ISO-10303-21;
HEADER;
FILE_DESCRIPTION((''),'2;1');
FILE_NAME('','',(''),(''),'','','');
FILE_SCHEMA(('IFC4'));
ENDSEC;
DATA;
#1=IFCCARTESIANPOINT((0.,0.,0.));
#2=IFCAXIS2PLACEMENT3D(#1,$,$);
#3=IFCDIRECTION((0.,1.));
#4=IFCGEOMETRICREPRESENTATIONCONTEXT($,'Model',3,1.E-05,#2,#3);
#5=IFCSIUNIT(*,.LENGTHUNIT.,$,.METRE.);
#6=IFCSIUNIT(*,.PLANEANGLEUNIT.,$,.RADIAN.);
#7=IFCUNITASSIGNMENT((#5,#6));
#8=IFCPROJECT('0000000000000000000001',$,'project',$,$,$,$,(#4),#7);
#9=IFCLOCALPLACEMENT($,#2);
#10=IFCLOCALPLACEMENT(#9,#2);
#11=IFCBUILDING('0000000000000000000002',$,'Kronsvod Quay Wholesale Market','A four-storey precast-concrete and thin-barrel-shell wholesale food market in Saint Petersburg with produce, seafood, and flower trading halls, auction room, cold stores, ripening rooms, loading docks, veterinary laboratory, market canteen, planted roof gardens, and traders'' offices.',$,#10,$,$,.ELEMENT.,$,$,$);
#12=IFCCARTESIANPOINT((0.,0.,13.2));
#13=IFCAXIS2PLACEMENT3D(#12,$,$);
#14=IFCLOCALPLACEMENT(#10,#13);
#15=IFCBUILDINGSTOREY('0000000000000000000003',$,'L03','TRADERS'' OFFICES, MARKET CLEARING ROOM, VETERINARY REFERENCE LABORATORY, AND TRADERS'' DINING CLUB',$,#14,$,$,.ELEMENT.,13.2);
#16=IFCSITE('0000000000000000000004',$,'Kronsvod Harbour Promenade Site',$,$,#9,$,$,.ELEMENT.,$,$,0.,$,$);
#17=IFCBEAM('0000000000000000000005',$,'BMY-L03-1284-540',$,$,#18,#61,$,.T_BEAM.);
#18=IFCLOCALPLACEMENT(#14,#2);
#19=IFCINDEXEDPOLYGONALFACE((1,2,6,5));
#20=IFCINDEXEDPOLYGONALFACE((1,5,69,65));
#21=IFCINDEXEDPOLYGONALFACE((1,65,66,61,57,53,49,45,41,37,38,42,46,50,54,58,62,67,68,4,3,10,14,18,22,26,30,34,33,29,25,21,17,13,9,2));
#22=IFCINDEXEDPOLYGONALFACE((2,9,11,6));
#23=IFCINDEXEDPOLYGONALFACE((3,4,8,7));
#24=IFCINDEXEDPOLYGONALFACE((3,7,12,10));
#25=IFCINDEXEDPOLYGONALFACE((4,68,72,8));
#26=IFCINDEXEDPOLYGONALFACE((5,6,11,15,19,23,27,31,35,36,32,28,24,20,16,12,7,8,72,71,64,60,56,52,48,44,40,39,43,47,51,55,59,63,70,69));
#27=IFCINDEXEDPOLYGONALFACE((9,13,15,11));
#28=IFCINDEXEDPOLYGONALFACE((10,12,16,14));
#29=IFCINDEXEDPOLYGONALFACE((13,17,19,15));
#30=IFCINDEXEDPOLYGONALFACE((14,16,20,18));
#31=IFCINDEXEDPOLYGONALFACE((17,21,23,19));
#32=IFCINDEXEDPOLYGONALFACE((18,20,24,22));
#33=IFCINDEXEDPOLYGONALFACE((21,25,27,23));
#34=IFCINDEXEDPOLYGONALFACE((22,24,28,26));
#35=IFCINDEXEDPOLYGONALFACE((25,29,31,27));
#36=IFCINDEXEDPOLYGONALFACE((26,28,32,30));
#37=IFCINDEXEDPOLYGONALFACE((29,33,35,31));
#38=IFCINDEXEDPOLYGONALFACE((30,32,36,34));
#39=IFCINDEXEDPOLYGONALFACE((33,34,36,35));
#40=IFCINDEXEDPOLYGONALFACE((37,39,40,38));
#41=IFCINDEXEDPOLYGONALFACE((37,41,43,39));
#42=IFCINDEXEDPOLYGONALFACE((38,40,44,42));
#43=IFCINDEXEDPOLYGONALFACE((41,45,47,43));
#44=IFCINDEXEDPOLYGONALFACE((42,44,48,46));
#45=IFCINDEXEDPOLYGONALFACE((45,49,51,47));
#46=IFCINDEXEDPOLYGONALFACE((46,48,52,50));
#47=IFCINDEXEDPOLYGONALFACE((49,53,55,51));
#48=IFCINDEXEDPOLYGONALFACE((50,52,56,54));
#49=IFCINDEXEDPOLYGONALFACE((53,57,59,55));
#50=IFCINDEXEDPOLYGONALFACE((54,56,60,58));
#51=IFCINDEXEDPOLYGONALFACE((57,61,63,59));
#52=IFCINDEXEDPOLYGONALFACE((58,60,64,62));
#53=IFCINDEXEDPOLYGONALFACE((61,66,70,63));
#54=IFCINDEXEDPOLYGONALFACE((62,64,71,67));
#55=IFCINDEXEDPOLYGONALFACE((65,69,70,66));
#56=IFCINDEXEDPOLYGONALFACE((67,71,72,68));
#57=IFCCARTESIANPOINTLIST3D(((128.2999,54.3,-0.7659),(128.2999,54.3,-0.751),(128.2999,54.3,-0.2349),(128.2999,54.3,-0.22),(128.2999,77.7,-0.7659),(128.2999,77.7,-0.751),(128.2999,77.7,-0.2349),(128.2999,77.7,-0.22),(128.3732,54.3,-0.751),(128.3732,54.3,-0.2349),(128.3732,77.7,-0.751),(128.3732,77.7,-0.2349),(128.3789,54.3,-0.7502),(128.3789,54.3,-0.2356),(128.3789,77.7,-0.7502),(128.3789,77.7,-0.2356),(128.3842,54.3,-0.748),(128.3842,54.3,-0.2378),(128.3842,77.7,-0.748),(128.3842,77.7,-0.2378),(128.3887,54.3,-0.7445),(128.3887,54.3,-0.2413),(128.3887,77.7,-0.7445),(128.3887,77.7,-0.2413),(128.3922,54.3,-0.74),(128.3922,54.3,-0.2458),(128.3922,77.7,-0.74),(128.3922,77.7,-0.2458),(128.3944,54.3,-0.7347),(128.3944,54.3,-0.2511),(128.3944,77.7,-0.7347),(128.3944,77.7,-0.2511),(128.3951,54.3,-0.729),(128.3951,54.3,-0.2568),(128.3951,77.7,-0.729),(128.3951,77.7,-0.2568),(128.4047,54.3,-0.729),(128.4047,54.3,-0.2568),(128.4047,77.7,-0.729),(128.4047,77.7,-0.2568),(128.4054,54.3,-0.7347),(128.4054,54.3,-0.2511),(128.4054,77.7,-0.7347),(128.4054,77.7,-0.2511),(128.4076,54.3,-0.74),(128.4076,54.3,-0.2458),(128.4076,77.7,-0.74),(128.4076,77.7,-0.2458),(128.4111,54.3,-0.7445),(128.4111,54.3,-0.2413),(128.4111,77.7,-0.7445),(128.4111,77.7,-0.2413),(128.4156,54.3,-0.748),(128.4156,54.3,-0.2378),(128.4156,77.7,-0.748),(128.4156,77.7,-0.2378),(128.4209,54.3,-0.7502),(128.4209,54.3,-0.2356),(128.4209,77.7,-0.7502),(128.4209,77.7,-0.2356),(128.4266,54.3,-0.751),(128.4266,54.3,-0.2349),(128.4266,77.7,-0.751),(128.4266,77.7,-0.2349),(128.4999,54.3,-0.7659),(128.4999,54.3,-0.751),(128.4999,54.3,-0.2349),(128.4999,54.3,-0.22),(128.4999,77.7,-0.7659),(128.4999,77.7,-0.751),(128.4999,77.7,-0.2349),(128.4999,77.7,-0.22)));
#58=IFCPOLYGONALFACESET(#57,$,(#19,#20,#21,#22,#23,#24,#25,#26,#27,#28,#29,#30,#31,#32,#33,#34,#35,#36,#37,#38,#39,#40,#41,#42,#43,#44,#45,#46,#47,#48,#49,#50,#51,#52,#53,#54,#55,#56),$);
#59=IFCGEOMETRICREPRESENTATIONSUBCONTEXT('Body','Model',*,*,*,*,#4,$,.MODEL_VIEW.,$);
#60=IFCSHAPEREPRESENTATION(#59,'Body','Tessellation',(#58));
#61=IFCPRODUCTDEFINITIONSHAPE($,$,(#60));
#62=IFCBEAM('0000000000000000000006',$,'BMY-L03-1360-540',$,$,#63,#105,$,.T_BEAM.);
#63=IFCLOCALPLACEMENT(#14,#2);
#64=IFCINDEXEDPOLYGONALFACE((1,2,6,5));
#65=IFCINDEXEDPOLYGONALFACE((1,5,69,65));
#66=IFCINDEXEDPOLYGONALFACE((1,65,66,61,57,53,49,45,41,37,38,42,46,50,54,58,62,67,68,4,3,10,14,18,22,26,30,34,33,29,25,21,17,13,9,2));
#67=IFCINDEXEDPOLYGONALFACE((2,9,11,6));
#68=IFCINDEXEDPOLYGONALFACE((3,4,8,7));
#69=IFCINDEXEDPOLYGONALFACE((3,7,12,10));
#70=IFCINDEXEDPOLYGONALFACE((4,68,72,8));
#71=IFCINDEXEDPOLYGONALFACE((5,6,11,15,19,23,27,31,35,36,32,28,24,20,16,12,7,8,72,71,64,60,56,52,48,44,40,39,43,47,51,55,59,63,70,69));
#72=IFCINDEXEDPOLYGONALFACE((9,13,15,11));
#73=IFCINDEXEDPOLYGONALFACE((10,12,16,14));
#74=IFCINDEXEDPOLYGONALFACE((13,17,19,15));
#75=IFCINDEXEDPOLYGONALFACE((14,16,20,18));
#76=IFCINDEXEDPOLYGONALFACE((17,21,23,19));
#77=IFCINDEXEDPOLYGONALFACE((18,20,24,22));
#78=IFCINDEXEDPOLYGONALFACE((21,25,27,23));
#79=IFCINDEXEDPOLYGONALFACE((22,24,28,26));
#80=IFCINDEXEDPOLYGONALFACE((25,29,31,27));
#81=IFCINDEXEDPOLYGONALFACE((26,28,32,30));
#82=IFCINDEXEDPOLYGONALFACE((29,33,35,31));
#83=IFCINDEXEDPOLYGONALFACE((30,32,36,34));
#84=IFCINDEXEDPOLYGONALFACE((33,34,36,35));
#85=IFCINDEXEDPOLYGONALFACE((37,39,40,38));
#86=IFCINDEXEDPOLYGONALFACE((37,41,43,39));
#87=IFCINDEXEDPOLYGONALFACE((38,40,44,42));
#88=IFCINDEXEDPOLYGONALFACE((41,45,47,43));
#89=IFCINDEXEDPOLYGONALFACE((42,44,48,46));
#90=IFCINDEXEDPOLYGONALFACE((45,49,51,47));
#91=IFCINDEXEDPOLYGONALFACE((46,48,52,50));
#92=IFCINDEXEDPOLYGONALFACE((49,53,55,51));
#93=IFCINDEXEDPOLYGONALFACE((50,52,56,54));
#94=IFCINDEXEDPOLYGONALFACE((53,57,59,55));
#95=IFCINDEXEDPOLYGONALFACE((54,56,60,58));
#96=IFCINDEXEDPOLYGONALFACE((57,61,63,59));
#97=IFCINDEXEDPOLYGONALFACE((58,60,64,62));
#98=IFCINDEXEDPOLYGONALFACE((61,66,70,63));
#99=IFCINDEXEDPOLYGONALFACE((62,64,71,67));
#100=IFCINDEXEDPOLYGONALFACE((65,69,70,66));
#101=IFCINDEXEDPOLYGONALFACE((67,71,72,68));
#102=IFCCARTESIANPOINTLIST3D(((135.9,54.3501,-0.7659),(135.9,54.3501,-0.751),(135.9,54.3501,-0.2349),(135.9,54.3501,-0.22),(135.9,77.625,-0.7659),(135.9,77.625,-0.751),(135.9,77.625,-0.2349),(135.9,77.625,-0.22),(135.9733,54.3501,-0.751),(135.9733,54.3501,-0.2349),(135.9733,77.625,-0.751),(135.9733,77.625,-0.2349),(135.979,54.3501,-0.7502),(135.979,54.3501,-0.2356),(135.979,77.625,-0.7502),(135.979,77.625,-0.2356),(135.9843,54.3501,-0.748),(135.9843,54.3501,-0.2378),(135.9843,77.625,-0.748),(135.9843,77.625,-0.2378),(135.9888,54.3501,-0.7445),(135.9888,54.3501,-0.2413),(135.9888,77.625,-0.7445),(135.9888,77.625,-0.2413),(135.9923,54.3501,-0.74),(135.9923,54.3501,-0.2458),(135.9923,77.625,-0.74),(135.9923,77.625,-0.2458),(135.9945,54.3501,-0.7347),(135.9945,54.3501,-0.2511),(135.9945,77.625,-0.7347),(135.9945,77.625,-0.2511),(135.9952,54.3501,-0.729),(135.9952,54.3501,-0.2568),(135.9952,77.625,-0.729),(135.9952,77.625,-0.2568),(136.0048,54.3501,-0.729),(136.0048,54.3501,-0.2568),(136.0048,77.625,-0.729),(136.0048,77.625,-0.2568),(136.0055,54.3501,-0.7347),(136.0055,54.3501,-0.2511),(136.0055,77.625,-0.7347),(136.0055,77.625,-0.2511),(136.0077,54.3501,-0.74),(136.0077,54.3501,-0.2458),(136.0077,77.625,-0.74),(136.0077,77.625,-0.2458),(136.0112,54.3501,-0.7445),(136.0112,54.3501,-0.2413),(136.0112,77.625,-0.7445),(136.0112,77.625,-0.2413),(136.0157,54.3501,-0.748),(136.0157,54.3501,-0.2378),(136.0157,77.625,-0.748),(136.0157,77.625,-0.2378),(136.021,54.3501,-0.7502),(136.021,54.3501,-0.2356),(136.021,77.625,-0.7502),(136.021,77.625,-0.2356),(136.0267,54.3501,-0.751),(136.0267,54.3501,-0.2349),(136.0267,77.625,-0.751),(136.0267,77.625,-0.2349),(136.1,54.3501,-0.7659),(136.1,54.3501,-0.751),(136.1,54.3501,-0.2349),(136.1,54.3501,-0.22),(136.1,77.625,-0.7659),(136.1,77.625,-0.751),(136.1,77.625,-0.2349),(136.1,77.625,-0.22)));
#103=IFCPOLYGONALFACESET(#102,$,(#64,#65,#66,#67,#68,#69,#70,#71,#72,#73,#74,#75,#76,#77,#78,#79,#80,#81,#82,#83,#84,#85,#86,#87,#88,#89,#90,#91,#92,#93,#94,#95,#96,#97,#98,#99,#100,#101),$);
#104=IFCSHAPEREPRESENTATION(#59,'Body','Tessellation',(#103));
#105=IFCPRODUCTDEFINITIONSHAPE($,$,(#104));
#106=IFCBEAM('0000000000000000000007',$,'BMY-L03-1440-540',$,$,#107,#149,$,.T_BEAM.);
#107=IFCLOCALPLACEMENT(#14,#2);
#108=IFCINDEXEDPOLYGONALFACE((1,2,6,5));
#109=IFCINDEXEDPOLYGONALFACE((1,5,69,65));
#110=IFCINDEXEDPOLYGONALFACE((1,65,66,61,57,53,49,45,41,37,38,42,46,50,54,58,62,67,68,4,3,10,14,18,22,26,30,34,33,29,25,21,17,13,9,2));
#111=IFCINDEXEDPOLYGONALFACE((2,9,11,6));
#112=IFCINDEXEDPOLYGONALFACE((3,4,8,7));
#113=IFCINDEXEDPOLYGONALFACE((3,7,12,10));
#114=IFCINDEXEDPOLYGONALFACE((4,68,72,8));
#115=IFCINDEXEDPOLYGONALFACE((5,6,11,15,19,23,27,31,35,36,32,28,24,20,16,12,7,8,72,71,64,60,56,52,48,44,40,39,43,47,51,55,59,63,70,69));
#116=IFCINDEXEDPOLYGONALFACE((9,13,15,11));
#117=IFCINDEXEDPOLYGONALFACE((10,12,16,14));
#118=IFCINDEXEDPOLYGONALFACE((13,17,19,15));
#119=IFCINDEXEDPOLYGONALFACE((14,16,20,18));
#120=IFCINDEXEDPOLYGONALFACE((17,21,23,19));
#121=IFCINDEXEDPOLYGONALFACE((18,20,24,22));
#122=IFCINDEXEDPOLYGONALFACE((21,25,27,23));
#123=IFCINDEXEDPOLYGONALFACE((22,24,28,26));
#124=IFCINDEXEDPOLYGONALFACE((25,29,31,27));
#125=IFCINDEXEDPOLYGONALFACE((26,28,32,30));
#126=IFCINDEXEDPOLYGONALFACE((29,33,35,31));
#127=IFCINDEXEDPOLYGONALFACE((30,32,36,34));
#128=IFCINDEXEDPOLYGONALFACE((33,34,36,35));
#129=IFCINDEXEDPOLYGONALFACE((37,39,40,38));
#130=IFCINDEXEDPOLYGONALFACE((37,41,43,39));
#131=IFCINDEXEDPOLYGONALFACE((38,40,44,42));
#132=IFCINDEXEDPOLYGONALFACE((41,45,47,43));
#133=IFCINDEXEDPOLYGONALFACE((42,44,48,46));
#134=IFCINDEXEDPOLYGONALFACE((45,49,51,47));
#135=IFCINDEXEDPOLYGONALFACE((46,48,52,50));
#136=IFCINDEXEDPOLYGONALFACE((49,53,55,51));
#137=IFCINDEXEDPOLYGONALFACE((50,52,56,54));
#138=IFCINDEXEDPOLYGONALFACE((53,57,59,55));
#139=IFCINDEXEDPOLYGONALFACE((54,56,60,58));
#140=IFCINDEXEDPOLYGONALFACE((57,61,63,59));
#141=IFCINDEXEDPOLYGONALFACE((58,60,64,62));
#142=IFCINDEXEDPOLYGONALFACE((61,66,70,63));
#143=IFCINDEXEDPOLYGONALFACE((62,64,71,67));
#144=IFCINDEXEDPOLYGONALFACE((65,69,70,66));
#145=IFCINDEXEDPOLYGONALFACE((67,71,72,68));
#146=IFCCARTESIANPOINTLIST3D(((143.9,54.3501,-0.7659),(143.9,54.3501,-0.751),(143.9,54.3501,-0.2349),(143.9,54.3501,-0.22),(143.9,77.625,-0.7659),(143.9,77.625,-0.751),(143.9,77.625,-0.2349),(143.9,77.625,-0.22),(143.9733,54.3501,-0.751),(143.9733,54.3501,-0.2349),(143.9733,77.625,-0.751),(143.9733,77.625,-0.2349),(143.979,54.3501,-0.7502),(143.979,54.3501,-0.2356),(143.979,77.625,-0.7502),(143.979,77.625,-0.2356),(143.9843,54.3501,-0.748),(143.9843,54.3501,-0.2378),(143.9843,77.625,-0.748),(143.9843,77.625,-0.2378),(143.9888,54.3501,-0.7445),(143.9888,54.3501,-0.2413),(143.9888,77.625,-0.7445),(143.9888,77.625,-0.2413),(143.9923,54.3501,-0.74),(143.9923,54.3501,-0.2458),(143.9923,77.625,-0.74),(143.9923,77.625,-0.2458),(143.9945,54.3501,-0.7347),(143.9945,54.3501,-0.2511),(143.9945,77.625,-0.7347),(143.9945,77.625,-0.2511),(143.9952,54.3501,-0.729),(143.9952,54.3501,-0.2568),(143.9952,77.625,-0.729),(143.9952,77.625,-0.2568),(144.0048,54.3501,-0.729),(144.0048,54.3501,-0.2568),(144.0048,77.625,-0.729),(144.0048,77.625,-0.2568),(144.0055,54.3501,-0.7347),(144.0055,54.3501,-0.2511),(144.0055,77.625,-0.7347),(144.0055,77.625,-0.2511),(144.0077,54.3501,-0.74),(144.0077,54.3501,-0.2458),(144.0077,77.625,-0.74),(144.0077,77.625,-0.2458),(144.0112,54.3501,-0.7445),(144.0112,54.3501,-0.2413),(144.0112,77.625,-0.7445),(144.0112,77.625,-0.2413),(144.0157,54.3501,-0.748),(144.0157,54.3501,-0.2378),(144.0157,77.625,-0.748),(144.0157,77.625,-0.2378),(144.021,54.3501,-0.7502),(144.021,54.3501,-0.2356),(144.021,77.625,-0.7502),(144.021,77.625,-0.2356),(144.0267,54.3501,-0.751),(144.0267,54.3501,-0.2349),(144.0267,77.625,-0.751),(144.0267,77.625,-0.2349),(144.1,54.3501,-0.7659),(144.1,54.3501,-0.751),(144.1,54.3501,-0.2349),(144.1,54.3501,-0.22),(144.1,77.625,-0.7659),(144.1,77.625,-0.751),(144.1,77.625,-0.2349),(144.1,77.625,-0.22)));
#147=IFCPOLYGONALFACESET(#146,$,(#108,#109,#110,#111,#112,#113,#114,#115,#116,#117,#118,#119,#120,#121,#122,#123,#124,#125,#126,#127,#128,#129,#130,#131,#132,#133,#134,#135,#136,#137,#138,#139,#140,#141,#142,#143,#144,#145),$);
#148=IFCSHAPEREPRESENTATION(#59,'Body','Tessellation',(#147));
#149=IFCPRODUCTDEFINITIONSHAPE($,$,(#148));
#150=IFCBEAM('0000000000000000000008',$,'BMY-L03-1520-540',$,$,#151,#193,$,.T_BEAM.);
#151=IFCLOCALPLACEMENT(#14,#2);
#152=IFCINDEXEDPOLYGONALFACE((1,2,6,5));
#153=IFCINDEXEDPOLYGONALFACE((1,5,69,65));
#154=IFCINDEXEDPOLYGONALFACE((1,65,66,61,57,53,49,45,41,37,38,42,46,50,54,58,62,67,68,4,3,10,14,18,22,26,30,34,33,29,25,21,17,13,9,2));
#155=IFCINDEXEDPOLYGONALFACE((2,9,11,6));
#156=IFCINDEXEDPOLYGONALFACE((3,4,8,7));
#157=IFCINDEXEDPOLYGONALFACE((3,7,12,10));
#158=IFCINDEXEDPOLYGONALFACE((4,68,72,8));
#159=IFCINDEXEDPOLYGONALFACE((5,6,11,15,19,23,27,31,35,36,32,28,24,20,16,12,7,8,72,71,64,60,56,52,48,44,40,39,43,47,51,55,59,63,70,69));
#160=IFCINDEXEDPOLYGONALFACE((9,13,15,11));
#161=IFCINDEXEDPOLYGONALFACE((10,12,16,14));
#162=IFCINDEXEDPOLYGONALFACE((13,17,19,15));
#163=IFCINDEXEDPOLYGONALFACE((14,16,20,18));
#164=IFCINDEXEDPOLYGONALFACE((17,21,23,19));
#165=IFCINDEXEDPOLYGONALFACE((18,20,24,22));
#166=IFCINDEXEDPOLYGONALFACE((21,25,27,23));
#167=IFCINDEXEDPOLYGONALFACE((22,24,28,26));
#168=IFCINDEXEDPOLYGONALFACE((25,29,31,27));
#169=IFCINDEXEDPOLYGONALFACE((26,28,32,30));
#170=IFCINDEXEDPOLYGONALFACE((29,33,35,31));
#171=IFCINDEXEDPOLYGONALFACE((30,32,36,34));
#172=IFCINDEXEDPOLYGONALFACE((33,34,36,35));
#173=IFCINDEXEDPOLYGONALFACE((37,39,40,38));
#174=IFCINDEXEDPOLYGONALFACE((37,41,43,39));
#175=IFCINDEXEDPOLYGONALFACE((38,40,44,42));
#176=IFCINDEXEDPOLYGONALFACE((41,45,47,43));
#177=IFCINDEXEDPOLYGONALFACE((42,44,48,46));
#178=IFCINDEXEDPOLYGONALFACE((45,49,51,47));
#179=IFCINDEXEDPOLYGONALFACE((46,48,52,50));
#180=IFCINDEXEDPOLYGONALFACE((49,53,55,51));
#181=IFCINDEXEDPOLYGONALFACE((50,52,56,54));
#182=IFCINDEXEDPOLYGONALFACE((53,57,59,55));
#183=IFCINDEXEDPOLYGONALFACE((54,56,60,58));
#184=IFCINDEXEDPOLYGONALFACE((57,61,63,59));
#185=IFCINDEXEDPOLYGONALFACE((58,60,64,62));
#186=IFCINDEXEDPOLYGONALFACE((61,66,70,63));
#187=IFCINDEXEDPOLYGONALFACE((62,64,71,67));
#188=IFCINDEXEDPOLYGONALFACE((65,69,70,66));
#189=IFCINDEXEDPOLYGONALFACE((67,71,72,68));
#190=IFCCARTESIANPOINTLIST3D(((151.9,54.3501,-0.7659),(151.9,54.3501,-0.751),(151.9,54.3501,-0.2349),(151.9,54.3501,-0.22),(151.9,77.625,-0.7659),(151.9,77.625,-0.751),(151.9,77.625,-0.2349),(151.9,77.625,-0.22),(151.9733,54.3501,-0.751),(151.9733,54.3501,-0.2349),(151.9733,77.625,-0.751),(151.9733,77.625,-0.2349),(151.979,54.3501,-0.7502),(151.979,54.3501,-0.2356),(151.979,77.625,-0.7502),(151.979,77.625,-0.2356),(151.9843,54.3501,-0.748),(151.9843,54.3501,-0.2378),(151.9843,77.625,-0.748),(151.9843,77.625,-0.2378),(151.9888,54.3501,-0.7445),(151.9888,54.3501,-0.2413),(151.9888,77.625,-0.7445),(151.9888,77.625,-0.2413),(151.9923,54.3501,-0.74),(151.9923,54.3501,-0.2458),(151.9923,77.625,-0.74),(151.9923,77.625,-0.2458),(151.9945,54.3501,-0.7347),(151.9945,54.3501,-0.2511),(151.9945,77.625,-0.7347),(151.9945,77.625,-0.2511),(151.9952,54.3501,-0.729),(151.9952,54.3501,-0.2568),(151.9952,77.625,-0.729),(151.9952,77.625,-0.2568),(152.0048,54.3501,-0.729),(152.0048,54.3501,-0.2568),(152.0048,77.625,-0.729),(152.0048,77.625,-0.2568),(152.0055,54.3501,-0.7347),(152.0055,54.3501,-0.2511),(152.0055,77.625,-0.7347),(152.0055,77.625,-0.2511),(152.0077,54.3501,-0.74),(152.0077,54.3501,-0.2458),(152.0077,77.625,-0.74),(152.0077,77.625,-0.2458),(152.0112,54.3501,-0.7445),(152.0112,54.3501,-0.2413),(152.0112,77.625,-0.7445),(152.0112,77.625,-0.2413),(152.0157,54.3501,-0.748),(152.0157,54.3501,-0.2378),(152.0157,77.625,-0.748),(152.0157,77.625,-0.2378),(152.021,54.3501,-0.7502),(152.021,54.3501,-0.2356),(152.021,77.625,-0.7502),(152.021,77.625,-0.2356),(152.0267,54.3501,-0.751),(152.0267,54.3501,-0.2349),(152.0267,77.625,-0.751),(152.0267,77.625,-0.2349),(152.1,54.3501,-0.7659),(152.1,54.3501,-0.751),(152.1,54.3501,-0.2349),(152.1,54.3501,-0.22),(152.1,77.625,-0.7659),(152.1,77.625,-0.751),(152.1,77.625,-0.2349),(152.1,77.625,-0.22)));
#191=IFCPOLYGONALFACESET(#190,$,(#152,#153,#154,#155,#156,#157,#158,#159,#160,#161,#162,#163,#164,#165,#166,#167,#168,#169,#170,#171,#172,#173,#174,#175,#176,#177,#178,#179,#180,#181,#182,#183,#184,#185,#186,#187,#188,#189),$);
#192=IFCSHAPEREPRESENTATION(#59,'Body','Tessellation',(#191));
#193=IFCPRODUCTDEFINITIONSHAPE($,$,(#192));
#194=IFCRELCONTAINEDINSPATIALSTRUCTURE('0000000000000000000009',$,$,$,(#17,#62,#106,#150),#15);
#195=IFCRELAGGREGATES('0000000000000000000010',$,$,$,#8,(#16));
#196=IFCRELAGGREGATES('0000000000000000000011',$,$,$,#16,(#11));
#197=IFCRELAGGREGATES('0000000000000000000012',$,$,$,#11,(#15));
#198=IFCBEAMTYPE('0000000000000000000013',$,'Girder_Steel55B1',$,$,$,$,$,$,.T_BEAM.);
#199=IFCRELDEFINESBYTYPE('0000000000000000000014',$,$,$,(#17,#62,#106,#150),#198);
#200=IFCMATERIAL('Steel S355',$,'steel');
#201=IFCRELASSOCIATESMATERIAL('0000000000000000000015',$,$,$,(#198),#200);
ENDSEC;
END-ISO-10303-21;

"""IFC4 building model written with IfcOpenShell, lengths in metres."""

from ifc_helpers import new_model, si_unit, direction, frame, origin, origin_2d, place, context, subcontext, project, spatial, i_section, extrude, material, material_profile, profile_set, type_object, element, save


model = new_model("IFC4")

# Units and contexts
model_context = context("Model", 3, precision=1e-05, world=origin(), true_north=direction((0.0, 1.0)))
body_context = subcontext(model_context, "Body", "Model", "MODEL_VIEW")
ifc_project = project(units=[si_unit("LENGTHUNIT", "METRE"), si_unit("PLANEANGLEUNIT", "RADIAN")], contexts=[model_context])

# Site, building, storey
site_placement = place(None, origin())
site = spatial("IfcSite", under=ifc_project, at=site_placement, Name="Kronsvod Harbour Promenade Site", CompositionType="ELEMENT", RefElevation=0.0)
building_placement = place(site_placement, origin())
building = spatial("IfcBuilding", under=site, at=building_placement, Name="Kronsvod Quay Wholesale Market", Description="A four-storey precast-concrete and thin-barrel-shell wholesale food market in Saint Petersburg with produce, seafood, and flower trading halls, auction room, cold stores, ripening rooms, loading docks, veterinary laboratory, market canteen, planted roof gardens, and traders' offices.", CompositionType="ELEMENT")
storey_placement = place(building_placement, frame((0.0, 0.0, 13.2)))
storey = spatial("IfcBuildingStorey", under=building, at=storey_placement, Name="L03", Description="TRADERS' OFFICES, MARKET CLEARING ROOM, VETERINARY REFERENCE LABORATORY, AND TRADERS' DINING CLUB", CompositionType="ELEMENT", Elevation=13.2)

# Beams
ifc_material_1 = material(Name="Steel S355", Category="steel")
ifc_material_profile_1 = material_profile(ifc_material_1, i_section(OverallWidth=0.2, OverallDepth=0.5459, WebThickness=0.0095, FlangeThickness=0.0149, FilletRadius=0.022, at=origin_2d()), Name="55B1")
ifc_profile_set_1 = profile_set([ifc_material_profile_1], Name="Steel S355")
beam_type_1 = type_object("IfcBeamType", Name="Girder_Steel55B1", PredefinedType="T_BEAM", material=ifc_profile_set_1)
for number, where, z_axis, x_axis, name in (
    (1, (128.3999, 54.3, -0.4929), (0.0, 1.0, 0.0), (-1.0, 0.0, 0.0), "BMY-L03-1284-540"),
):
    element("IfcBeam", number, at=place(storey_placement, frame(where, z_axis=z_axis, x_axis=x_axis)), inside=storey, type_object=beam_type_1, Name=name, PredefinedType="T_BEAM", context=body_context, shape_type="SweptSolid", body=[
        extrude(i_section(OverallWidth=0.2, OverallDepth=0.5459, WebThickness=0.0095, FlangeThickness=0.0149, FilletRadius=0.022, at=origin_2d()), origin(), (0.0, 0.0, 1.0), 23.3999),
    ])
for number, where, z_axis, x_axis, name in (
    (2, (136.0, 54.3501, -0.4929), (0.0, 1.0, 0.0), (-1.0, 0.0, 0.0), "BMY-L03-1360-540"),
    (3, (144.0, 54.3501, -0.4929), (0.0, 1.0, 0.0), (-1.0, 0.0, 0.0), "BMY-L03-1440-540"),
    (4, (152.0, 54.3501, -0.4929), (0.0, 1.0, 0.0), (-1.0, 0.0, 0.0), "BMY-L03-1520-540"),
):
    element("IfcBeam", number, at=place(storey_placement, frame(where, z_axis=z_axis, x_axis=x_axis)), inside=storey, type_object=beam_type_1, Name=name, PredefinedType="T_BEAM", context=body_context, shape_type="SweptSolid", body=[
        extrude(i_section(OverallWidth=0.2, OverallDepth=0.5459, WebThickness=0.0095, FlangeThickness=0.0149, FilletRadius=0.022, at=origin_2d()), origin(), (0.0, 0.0, 1.0), 23.2749),
    ])

save(model, "model.ifc")
